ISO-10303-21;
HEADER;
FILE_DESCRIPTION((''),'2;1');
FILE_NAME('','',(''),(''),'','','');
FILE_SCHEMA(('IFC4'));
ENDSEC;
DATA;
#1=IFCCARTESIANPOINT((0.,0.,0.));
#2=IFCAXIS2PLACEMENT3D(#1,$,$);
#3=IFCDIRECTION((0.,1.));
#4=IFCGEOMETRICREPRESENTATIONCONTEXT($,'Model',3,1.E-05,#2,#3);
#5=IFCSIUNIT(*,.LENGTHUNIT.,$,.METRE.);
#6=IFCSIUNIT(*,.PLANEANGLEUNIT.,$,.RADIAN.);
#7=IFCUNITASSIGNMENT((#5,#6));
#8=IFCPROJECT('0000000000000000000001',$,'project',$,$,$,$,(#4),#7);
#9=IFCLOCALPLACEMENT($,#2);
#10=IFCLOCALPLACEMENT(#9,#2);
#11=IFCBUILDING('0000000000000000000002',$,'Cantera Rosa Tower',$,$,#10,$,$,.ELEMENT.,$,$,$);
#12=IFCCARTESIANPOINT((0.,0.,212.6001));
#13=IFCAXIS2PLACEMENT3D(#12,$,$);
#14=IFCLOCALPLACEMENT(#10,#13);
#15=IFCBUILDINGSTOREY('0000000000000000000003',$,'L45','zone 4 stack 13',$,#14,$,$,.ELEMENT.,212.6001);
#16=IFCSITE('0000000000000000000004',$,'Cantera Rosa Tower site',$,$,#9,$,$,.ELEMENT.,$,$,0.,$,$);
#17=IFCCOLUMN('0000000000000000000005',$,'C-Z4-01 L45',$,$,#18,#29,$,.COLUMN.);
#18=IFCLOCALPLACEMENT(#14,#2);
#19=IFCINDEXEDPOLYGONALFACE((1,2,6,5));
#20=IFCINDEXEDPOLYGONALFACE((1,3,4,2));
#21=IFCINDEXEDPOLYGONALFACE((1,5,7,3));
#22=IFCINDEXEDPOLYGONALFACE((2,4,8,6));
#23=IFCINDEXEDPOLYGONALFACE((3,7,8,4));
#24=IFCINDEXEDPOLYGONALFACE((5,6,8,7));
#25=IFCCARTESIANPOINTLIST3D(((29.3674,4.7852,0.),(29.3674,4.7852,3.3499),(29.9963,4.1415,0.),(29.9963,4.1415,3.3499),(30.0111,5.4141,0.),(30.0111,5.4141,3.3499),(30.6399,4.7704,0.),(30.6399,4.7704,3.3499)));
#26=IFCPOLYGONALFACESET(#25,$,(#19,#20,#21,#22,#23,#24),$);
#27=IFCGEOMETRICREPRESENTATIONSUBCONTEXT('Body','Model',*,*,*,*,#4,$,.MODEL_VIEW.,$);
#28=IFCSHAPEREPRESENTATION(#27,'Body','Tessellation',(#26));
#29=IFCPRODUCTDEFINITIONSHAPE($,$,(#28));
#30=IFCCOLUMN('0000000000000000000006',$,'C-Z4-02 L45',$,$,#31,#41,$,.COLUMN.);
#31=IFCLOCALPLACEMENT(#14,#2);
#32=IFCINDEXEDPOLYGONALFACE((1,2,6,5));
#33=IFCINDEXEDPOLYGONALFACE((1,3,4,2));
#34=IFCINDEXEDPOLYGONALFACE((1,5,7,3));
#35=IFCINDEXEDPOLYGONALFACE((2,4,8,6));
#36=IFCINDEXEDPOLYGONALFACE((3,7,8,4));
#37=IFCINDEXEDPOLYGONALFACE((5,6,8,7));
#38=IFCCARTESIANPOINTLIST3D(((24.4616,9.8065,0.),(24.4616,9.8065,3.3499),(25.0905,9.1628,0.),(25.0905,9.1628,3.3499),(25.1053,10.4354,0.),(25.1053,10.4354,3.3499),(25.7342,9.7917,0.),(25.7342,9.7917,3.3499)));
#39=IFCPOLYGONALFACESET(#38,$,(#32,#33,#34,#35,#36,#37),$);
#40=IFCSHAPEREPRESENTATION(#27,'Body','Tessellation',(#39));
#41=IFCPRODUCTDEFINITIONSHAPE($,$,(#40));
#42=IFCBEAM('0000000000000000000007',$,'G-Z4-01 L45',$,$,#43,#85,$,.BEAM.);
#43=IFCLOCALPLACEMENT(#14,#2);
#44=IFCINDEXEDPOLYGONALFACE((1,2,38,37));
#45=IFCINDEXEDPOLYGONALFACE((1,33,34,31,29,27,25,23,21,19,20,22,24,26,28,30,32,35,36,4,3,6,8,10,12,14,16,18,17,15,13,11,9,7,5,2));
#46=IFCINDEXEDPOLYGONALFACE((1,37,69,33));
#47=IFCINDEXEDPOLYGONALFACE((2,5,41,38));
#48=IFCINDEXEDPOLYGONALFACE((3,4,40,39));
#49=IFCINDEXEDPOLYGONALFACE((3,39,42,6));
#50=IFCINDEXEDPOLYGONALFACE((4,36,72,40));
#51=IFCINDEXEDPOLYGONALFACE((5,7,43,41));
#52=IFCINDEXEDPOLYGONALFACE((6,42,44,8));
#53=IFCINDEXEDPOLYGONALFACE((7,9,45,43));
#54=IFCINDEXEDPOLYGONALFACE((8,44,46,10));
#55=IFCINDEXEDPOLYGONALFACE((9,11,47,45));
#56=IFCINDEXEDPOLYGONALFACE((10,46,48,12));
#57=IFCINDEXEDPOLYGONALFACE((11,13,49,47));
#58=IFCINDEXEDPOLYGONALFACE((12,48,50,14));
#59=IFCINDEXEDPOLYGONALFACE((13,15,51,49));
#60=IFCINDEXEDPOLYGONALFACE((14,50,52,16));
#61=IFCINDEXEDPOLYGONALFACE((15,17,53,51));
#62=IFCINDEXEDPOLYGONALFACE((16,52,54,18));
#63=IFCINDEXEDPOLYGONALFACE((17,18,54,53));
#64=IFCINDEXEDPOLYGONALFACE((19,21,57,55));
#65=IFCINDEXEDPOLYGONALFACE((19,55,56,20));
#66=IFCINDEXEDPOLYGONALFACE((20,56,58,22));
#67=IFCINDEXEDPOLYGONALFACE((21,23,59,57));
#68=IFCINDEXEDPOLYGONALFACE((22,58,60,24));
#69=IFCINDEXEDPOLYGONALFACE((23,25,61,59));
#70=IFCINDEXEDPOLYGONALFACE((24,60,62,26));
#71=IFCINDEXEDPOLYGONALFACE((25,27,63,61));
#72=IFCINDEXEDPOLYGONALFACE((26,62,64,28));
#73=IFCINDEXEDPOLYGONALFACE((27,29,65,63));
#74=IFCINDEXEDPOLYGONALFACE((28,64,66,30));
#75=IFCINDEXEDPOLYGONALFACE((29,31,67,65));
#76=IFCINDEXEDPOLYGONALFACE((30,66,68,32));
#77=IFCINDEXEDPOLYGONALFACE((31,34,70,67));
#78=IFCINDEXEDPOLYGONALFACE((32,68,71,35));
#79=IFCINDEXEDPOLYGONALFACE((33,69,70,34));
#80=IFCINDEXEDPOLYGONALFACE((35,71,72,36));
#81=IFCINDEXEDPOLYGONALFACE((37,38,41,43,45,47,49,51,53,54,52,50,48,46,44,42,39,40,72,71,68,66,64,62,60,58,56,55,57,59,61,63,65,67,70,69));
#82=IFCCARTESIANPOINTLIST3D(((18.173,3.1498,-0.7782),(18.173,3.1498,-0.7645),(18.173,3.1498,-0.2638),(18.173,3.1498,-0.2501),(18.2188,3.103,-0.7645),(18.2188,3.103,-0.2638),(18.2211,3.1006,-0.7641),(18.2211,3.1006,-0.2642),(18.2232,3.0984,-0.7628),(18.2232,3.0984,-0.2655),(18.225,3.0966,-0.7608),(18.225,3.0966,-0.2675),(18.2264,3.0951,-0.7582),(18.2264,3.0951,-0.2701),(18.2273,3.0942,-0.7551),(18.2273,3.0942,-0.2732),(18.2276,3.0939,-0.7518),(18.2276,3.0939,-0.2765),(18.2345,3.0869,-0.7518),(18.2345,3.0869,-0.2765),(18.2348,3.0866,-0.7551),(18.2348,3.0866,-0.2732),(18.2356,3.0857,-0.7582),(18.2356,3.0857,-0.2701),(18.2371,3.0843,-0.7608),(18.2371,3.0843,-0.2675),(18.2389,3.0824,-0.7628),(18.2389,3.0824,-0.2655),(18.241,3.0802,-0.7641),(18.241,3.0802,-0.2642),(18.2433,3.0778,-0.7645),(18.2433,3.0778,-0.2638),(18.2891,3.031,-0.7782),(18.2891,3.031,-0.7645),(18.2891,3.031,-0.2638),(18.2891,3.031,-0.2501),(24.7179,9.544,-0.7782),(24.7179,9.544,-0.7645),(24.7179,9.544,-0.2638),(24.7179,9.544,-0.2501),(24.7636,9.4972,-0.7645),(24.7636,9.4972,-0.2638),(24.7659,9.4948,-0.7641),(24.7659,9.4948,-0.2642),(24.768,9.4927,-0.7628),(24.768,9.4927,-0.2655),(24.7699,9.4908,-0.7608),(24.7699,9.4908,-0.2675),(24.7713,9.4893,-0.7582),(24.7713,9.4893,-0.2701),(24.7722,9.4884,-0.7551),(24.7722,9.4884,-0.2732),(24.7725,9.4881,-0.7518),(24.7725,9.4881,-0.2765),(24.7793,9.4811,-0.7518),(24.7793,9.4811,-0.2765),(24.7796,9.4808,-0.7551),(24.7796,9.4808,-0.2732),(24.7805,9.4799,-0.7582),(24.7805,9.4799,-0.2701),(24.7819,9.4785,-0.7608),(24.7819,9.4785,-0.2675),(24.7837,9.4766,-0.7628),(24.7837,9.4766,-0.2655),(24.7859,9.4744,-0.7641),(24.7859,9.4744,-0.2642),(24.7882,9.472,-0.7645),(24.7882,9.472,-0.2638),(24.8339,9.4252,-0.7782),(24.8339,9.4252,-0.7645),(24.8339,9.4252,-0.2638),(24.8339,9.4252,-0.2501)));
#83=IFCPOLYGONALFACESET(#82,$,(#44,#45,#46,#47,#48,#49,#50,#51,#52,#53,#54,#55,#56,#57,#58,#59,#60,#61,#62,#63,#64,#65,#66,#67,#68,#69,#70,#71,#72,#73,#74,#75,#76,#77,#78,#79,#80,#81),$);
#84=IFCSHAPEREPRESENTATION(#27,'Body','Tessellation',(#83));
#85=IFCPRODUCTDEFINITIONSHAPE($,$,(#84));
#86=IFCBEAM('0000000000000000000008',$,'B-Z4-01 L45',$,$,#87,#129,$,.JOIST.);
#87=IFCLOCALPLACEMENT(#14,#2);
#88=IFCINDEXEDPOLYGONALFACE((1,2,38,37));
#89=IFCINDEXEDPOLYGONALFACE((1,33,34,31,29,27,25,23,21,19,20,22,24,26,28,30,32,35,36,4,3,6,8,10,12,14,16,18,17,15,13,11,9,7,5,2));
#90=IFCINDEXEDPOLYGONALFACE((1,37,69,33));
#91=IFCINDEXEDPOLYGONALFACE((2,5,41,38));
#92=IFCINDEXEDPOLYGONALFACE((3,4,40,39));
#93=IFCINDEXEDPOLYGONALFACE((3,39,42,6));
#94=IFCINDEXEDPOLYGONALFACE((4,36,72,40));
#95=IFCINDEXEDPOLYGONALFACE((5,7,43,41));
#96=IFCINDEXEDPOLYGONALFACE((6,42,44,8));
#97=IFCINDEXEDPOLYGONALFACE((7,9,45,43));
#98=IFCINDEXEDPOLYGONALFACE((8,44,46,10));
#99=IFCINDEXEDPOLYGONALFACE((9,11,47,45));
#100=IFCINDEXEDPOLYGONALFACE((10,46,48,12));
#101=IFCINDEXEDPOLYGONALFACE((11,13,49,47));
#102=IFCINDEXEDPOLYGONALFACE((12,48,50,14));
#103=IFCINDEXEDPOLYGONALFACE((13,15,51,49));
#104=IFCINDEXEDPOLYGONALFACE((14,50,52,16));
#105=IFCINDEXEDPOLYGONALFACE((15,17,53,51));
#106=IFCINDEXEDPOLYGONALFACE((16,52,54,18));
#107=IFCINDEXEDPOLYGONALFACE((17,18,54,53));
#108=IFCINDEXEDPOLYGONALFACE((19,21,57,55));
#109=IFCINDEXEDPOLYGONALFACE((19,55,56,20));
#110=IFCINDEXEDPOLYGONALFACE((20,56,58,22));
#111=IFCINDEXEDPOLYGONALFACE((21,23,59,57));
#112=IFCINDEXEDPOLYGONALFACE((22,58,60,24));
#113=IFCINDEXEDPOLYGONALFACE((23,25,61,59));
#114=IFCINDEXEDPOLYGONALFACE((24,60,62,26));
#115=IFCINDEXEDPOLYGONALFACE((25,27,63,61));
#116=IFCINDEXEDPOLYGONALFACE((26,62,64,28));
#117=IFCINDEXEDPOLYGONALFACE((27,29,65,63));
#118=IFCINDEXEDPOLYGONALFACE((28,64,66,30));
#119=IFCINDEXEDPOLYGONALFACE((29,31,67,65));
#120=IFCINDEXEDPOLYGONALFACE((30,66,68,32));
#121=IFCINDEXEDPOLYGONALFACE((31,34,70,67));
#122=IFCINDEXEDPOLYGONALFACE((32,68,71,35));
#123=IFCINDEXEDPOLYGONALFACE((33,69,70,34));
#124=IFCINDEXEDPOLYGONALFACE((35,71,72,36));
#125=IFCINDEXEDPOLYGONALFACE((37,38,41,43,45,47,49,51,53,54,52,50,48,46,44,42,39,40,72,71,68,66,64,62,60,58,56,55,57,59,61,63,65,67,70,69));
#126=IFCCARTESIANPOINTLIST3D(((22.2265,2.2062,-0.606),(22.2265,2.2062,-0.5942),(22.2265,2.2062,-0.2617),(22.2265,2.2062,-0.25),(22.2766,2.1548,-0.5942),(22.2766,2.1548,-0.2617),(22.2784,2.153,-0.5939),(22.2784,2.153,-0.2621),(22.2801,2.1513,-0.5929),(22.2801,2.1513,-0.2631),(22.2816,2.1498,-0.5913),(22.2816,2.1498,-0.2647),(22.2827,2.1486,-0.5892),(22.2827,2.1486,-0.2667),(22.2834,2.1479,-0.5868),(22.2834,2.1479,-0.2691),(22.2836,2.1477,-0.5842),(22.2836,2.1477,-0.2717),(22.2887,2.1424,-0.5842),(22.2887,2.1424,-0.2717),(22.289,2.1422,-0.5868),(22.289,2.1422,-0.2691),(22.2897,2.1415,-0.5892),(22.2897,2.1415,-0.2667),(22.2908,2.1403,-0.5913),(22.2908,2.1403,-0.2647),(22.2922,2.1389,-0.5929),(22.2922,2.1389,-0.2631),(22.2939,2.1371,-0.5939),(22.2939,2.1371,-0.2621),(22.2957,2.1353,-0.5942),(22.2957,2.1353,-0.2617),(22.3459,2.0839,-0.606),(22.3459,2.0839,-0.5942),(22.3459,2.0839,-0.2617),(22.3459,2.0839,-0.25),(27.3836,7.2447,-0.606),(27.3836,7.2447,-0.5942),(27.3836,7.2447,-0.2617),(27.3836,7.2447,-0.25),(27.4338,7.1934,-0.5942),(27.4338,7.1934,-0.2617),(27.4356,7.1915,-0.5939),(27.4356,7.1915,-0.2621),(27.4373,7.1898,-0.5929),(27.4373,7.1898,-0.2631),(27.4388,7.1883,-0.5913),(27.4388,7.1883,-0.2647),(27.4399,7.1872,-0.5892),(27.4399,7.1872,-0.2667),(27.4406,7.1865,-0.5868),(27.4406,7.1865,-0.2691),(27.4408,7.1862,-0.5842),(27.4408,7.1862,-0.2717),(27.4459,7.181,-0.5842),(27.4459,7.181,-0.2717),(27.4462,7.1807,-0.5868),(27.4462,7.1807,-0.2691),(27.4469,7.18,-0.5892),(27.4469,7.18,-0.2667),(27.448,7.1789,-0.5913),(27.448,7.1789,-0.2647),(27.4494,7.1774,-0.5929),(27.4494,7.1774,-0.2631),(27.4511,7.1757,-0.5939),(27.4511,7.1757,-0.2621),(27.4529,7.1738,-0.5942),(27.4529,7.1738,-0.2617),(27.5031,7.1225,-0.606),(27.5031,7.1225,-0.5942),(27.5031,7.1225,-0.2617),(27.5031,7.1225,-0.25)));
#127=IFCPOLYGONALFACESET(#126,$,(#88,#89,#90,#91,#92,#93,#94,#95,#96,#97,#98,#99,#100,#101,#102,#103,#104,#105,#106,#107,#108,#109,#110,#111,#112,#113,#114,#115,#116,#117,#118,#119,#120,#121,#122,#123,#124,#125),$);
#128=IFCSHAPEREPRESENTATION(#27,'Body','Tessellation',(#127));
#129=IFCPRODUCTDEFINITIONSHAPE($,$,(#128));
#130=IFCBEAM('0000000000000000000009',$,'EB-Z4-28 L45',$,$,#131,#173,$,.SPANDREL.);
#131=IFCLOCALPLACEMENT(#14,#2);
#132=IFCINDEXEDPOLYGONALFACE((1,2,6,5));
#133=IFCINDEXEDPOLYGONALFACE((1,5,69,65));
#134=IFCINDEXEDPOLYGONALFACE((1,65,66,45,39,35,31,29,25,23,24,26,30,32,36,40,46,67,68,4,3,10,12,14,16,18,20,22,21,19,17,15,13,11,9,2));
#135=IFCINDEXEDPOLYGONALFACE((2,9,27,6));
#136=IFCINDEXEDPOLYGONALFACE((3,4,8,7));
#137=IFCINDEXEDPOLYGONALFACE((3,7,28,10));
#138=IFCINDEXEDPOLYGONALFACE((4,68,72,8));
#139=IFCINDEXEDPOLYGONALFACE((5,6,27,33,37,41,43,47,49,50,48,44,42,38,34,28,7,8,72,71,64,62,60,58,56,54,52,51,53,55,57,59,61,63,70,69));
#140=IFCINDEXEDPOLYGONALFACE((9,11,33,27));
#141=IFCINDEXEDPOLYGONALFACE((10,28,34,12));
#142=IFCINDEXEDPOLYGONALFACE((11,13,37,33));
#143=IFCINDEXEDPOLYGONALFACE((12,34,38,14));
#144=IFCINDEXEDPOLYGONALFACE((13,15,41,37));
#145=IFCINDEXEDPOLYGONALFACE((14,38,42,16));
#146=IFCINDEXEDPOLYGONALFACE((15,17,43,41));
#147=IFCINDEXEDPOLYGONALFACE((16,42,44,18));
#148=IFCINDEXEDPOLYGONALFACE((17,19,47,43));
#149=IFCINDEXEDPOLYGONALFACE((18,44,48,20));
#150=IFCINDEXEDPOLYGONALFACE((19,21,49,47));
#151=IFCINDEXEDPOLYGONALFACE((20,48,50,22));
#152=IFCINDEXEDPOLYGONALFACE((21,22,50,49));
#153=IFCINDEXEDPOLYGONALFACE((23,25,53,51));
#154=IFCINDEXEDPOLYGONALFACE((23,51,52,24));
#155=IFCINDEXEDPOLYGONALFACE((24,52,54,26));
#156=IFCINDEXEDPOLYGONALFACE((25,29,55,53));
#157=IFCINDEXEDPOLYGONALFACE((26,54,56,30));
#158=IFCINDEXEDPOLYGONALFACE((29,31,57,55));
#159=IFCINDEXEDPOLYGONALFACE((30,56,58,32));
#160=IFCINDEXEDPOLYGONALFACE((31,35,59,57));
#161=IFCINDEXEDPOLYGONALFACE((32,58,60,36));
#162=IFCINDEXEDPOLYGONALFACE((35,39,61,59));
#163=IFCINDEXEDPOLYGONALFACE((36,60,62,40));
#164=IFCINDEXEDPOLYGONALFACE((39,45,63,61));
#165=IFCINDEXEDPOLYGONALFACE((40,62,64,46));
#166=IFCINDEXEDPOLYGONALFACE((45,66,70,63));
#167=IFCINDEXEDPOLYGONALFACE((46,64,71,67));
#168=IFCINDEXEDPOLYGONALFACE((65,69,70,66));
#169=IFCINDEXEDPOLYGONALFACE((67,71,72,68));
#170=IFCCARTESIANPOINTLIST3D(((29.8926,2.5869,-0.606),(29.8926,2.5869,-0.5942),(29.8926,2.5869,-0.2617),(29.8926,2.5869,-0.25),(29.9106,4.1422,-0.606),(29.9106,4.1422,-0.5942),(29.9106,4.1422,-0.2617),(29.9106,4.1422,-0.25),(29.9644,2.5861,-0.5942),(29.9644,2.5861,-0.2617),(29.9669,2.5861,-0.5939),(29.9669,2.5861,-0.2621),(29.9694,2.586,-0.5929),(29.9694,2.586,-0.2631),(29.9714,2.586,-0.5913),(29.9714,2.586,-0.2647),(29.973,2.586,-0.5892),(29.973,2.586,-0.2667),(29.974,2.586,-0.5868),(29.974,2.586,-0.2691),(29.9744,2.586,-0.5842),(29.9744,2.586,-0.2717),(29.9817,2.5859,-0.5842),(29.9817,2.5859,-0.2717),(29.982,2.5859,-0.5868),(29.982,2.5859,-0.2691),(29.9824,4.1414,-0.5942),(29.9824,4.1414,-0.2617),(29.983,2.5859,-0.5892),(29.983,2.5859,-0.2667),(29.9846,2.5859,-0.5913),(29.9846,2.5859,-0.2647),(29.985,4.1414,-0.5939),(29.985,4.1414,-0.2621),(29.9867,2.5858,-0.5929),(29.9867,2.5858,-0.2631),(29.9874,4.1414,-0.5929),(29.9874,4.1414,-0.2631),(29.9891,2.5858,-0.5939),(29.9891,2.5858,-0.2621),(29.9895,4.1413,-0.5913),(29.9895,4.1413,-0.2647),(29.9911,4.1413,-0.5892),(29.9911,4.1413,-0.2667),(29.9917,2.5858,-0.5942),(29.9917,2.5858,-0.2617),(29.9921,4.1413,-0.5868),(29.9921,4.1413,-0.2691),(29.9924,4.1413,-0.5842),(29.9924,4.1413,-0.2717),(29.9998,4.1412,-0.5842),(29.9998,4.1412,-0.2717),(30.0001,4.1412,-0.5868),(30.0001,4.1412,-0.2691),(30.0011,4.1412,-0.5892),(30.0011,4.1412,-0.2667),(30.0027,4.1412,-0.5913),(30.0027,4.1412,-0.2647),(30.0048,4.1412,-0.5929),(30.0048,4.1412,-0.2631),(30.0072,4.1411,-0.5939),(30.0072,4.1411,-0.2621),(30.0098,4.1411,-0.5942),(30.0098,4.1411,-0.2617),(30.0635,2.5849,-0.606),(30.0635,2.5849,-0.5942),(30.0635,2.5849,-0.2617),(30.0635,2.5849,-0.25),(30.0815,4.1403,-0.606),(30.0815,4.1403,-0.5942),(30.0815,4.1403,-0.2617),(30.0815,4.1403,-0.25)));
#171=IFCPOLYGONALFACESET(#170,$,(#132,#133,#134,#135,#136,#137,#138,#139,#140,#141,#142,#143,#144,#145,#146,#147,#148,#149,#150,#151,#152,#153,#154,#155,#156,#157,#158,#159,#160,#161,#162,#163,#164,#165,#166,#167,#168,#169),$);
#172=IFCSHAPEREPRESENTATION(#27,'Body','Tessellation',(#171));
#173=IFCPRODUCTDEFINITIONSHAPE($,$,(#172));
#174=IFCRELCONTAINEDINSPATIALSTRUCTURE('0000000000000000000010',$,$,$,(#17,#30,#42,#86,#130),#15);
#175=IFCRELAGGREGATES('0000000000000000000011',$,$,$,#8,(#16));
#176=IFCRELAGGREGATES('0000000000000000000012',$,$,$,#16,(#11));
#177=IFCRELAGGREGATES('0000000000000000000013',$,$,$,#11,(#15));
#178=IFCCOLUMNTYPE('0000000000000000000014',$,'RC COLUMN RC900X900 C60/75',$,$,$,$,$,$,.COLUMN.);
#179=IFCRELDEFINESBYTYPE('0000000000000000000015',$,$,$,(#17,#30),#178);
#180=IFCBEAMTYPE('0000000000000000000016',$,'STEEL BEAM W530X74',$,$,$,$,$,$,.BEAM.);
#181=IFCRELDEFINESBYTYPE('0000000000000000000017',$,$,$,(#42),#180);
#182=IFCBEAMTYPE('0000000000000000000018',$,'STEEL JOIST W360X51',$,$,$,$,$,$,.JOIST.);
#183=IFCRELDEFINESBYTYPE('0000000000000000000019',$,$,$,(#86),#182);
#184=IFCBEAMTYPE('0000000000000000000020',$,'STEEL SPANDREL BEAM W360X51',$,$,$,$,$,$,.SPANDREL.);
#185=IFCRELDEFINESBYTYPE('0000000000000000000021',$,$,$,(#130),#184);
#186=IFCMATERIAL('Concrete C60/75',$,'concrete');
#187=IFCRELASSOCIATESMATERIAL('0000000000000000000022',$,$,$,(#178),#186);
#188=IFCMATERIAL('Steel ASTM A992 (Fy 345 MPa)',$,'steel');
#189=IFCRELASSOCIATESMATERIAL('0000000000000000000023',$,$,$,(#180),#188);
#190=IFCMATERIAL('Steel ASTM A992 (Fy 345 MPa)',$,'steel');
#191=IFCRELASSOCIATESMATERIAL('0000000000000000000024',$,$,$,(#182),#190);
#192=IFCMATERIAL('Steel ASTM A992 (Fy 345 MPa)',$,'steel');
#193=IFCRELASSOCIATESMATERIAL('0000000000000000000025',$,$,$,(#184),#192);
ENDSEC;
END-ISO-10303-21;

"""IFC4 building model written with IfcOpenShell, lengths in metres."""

from ifc_helpers import new_model, si_unit, direction, frame, origin, origin_2d, place, context, subcontext, project, spatial, rectangle, i_section, extrude, material, material_profile, profile_set, type_object, element, save


model = new_model("IFC4")

# Units and contexts
model_context = context("Model", 3, precision=1e-05, world=origin(), true_north=direction((0.0, 1.0)))
body_context = subcontext(model_context, "Body", "Model", "MODEL_VIEW")
ifc_project = project(units=[si_unit("LENGTHUNIT", "METRE"), si_unit("PLANEANGLEUNIT", "RADIAN")], contexts=[model_context])

# Site, building, storey
site_placement = place(None, origin())
site = spatial("IfcSite", under=ifc_project, at=site_placement, Name="Cantera Rosa Tower site", CompositionType="ELEMENT", RefElevation=0.0)
building_placement = place(site_placement, origin())
building = spatial("IfcBuilding", under=site, at=building_placement, Name="Cantera Rosa Tower", CompositionType="ELEMENT")
storey_placement = place(building_placement, frame((0.0, 0.0, 212.6001)))
storey = spatial("IfcBuildingStorey", under=building, at=storey_placement, Name="L45", Description="zone 4 stack 13", CompositionType="ELEMENT", Elevation=212.6001)

# Columns
ifc_material_1 = material(Name="Concrete C60/75", Category="concrete")
ifc_material_profile_1 = material_profile(ifc_material_1, rectangle(XDim=0.8999, YDim=0.8999, at=origin_2d()), Name="RC COLUMN RC900X900 C60/75")
ifc_profile_set_1 = profile_set([ifc_material_profile_1], Name="Concrete C60/75")
column_type = type_object("IfcColumnType", Name="RC COLUMN RC900X900 C60/75", PredefinedType="COLUMN", material=ifc_profile_set_1)
for number, where, z_axis, x_axis, name in (
    (1, (30.0037, 4.7778, 0.0), (0.0, 0.0, 1.0), (0.715286, 0.698832, 0.0), "C-Z4-01 L45"),
    (2, (25.0979, 9.7991, 0.0), (0.0, 0.0, 1.0), (0.715286, 0.698832, 0.0), "C-Z4-02 L45"),
):
    element("IfcColumn", number, at=place(storey_placement, frame(where, z_axis=z_axis, x_axis=x_axis)), inside=storey, type_object=column_type, Name=name, PredefinedType="COLUMN", context=body_context, shape_type="SweptSolid", body=[
        extrude(rectangle(XDim=0.8999, YDim=0.8999, at=origin_2d()), origin(), (0.0, 0.0, 1.0), 3.3499),
    ])

# Beams
ifc_material_2 = material(Name="Steel ASTM A992 (Fy 345 MPa)", Category="steel")
ifc_material_profile_2 = material_profile(ifc_material_2, i_section(OverallWidth=0.166, OverallDepth=0.5281, WebThickness=0.0098, FlangeThickness=0.0137, FilletRadius=0.0127, at=origin_2d()), Name="W530X74")
ifc_profile_set_2 = profile_set([ifc_material_profile_2], Name="Steel ASTM A992 (Fy 345 MPa)")
beam_type_1 = type_object("IfcBeamType", Name="STEEL BEAM W530X74", PredefinedType="BEAM", material=ifc_profile_set_2)
beam_1_placement = place(storey_placement, frame((24.7759, 9.4846, -0.5142), z_axis=(-0.71529, -0.698827, 0.0), x_axis=(0.698827, -0.71529, 0.0)))
element("IfcBeam", 3, at=beam_1_placement, inside=storey, type_object=beam_type_1, Name="G-Z4-01 L45", PredefinedType="BEAM", context=body_context, shape_type="SweptSolid", body=[
    extrude(i_section(OverallWidth=0.166, OverallDepth=0.5281, WebThickness=0.0098, FlangeThickness=0.0137, FilletRadius=0.0127, at=origin_2d()), origin(), (0.0, 0.0, 1.0), 9.1499),
])
ifc_material_3 = material(Name="Steel ASTM A992 (Fy 345 MPa)", Category="steel")
ifc_material_profile_3 = material_profile(ifc_material_3, i_section(OverallWidth=0.1709, OverallDepth=0.356, WebThickness=0.0073, FlangeThickness=0.0117, FilletRadius=0.01, at=origin_2d()), Name="W360X51")
ifc_profile_set_3 = profile_set([ifc_material_profile_3], Name="Steel ASTM A992 (Fy 345 MPa)")
beam_type_2 = type_object("IfcBeamType", Name="STEEL JOIST W360X51", PredefinedType="JOIST", material=ifc_profile_set_3)
beam_2_placement = place(storey_placement, frame((27.4434, 7.1836, -0.428), z_axis=(-0.715287, -0.698831, 0.0), x_axis=(0.698831, -0.715287, 0.0)))
element("IfcBeam", 4, at=beam_2_placement, inside=storey, type_object=beam_type_2, Name="B-Z4-01 L45", PredefinedType="JOIST", context=body_context, shape_type="SweptSolid", body=[
    extrude(i_section(OverallWidth=0.1709, OverallDepth=0.356, WebThickness=0.0073, FlangeThickness=0.0117, FilletRadius=0.01, at=origin_2d()), origin(), (0.0, 0.0, 1.0), 7.21),
])
ifc_material_4 = material(Name="Steel ASTM A992 (Fy 345 MPa)", Category="steel")
ifc_material_profile_4 = material_profile(ifc_material_4, i_section(OverallWidth=0.1709, OverallDepth=0.356, WebThickness=0.0073, FlangeThickness=0.0117, FilletRadius=0.01, at=origin_2d()), Name="W360X51")
ifc_profile_set_4 = profile_set([ifc_material_profile_4], Name="Steel ASTM A992 (Fy 345 MPa)")
beam_type_3 = type_object("IfcBeamType", Name="STEEL SPANDREL BEAM W360X51", PredefinedType="SPANDREL", material=ifc_profile_set_4)
beam_3_placement = place(storey_placement, frame((29.978, 2.5859, -0.428), z_axis=(0.011614, 0.999933, 0.0), x_axis=(-0.999933, 0.011614, 0.0)))
element("IfcBeam", 5, at=beam_3_placement, inside=storey, type_object=beam_type_3, Name="EB-Z4-28 L45", PredefinedType="SPANDREL", context=body_context, shape_type="SweptSolid", body=[
    extrude(i_section(OverallWidth=0.1709, OverallDepth=0.356, WebThickness=0.0073, FlangeThickness=0.0117, FilletRadius=0.01, at=origin_2d()), origin(), (0.0, 0.0, 1.0), 1.5554),
])

save(model, "model.ifc")
